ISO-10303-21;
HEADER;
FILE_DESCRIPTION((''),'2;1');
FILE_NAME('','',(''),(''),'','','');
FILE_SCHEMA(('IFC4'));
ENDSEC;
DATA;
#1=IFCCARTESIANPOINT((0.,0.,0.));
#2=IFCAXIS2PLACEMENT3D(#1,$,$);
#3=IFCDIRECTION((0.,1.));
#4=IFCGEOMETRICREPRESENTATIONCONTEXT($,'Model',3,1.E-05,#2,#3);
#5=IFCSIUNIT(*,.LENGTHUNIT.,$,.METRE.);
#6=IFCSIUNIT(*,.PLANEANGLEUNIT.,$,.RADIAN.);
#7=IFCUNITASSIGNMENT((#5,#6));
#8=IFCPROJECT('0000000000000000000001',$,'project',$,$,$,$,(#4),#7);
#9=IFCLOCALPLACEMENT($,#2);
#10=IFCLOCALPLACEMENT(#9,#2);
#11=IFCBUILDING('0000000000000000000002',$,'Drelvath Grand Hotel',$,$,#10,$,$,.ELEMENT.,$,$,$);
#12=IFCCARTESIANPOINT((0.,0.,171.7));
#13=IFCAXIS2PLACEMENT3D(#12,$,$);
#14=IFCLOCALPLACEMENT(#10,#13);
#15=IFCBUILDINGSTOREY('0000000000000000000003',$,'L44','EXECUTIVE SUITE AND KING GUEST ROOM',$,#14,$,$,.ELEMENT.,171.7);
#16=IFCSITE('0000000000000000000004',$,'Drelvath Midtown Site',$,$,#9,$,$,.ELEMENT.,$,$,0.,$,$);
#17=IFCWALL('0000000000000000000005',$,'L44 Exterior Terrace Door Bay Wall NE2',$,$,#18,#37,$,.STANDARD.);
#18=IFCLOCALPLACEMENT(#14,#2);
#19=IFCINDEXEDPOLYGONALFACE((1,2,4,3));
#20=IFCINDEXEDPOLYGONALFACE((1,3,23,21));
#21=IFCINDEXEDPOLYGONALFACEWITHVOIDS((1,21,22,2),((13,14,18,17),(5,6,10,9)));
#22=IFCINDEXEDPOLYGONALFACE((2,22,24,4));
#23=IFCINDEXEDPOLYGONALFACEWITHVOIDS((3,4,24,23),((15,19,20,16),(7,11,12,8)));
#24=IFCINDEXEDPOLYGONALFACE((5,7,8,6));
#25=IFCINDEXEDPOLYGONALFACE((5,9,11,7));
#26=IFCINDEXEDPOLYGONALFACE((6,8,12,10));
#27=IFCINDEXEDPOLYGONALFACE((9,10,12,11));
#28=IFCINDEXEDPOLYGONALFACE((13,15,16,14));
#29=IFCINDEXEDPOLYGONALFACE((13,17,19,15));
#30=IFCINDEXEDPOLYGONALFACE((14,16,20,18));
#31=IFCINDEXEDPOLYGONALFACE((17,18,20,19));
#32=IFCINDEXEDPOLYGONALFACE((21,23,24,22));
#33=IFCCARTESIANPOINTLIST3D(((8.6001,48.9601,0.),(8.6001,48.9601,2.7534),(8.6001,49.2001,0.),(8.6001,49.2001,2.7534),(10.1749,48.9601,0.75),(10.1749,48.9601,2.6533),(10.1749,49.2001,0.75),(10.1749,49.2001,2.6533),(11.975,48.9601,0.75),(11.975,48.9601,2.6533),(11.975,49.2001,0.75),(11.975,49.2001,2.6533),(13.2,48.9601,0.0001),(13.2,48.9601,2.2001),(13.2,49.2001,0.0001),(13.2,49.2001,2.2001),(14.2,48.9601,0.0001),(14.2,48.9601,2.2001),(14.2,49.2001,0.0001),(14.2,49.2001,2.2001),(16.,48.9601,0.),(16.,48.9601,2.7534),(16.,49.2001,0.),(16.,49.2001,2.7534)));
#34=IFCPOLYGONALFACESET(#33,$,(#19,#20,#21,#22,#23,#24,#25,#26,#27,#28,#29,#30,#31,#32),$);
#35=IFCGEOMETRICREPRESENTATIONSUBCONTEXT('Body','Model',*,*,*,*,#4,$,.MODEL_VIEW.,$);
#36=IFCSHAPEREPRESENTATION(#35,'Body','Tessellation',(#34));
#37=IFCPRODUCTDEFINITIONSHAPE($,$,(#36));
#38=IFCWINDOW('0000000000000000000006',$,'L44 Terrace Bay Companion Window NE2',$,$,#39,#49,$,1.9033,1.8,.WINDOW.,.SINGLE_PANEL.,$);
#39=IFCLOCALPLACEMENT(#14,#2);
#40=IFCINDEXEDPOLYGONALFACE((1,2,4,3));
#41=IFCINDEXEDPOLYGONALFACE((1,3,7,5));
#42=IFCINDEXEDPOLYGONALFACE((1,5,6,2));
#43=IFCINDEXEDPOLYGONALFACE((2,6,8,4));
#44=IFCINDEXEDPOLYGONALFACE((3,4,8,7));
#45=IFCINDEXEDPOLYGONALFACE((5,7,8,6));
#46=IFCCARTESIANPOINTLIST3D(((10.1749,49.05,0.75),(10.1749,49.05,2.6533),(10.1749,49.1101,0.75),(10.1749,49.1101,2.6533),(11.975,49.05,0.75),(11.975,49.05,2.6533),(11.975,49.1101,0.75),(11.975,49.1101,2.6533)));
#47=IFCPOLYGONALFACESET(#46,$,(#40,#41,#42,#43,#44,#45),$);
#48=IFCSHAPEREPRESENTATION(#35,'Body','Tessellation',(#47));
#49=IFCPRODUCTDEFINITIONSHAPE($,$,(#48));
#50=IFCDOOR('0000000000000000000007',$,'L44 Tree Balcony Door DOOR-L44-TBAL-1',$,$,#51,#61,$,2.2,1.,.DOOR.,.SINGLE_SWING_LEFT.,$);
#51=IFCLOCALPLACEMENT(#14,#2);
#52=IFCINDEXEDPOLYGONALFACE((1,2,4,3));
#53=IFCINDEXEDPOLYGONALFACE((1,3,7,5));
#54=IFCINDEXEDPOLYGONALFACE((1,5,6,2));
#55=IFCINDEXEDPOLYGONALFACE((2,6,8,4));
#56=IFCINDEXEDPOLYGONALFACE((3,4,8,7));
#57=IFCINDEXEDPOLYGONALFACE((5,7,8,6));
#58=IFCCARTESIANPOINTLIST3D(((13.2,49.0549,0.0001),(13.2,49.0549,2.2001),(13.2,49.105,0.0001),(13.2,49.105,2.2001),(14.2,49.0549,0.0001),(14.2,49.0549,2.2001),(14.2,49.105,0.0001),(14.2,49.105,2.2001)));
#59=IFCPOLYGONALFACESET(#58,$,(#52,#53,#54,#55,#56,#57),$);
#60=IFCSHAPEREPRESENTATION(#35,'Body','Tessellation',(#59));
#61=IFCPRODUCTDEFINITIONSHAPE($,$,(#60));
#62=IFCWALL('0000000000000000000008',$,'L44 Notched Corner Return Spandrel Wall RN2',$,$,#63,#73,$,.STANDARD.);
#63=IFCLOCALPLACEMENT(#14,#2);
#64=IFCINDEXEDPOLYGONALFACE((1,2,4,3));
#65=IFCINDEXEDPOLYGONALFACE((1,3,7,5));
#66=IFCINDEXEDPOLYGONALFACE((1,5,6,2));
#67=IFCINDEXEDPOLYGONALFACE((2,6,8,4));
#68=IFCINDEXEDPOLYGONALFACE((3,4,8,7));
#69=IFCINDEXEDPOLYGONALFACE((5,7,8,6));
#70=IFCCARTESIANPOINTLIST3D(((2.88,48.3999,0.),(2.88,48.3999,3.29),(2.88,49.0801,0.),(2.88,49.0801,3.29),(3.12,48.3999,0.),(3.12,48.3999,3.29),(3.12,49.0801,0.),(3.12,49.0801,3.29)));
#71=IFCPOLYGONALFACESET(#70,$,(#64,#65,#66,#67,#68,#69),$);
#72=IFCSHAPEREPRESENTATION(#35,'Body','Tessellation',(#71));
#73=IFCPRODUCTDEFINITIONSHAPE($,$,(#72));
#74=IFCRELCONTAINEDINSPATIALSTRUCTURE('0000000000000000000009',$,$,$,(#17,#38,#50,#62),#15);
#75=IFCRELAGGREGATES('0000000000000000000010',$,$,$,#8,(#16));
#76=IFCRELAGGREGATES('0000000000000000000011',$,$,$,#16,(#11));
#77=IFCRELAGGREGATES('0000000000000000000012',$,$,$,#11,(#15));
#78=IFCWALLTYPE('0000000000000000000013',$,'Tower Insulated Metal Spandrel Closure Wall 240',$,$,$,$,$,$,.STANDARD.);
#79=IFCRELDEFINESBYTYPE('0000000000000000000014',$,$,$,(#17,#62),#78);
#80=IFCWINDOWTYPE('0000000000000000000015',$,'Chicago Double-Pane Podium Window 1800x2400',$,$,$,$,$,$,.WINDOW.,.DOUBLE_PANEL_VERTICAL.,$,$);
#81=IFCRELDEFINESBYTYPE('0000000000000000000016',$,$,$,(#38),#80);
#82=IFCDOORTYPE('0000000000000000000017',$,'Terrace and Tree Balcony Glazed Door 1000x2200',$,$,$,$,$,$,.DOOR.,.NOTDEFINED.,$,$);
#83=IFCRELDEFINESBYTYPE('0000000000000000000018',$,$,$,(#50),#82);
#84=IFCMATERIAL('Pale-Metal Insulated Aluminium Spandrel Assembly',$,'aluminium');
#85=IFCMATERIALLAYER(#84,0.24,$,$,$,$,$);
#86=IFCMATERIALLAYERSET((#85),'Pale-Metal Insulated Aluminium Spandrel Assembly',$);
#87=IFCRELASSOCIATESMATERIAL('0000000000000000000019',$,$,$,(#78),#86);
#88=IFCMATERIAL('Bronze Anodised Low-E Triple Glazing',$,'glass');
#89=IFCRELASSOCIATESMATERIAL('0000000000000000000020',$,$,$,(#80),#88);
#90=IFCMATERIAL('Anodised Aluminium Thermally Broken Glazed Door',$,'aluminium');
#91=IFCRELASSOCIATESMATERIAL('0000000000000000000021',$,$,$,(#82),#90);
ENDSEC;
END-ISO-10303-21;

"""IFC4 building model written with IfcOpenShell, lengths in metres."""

from ifc_helpers import new_model, si_unit, direction, frame, frame_2d, origin, place, context, subcontext, project, spatial, rectangle, extrude, material, layer, layer_set, type_object, element, fill, save


model = new_model("IFC4")

# Units and contexts
model_context = context("Model", 3, precision=1e-05, world=origin(), true_north=direction((0.0, 1.0)))
body_context = subcontext(model_context, "Body", "Model", "MODEL_VIEW")
ifc_project = project(units=[si_unit("LENGTHUNIT", "METRE"), si_unit("PLANEANGLEUNIT", "RADIAN")], contexts=[model_context])

# Site, building, storey
site_placement = place(None, origin())
site = spatial("IfcSite", under=ifc_project, at=site_placement, Name="Drelvath Midtown Site", CompositionType="ELEMENT", RefElevation=0.0)
building_placement = place(site_placement, origin())
building = spatial("IfcBuilding", under=site, at=building_placement, Name="Drelvath Grand Hotel", CompositionType="ELEMENT")
storey_placement = place(building_placement, frame((0.0, 0.0, 171.7)))
storey = spatial("IfcBuildingStorey", under=building, at=storey_placement, Name="L44", Description="EXECUTIVE SUITE AND KING GUEST ROOM", CompositionType="ELEMENT", Elevation=171.7)

# Wall, openings, window, door
ifc_material_1 = material(Name="Pale-Metal Insulated Aluminium Spandrel Assembly", Category="aluminium")
ifc_layer_1 = layer(ifc_material_1, 0.24)
ifc_layer_set_1 = layer_set([ifc_layer_1], Name="Pale-Metal Insulated Aluminium Spandrel Assembly")
wall_type_1 = type_object("IfcWallType", Name="Tower Insulated Metal Spandrel Closure Wall 240", PredefinedType="STANDARD", material=ifc_layer_set_1)
wall_1_placement = place(storey_placement, frame((8.6001, 49.0801, 0.0), z_axis=(0.0, 0.0, 1.0), x_axis=(1.0, 0.0, 0.0)))
wall_1 = element("IfcWall", 1, at=wall_1_placement, inside=storey, type_object=wall_type_1, Name="L44 Exterior Terrace Door Bay Wall NE2", PredefinedType="STANDARD", context=body_context, shape_type="SweptSolid", body=[
    extrude(rectangle(XDim=7.3999, YDim=0.24, at=frame_2d((3.7, 0.0))), origin(), (0.0, 0.0, 1.0), 2.7534),
])
opening_1_placement = place(wall_1_placement, frame((4.5999, 0.0, 0.0)))
opening_1 = element("IfcOpeningElement", 2, at=opening_1_placement, cuts=wall_1, PredefinedType="OPENING", context=body_context, shape_type="SweptSolid", body=[
    extrude(rectangle(XDim=1.0, YDim=2.2, at=frame_2d((0.5, 1.1001))), frame((0.0, 0.1299, 0.0), z_axis=(0.0, -1.0, 0.0), x_axis=(1.0, 0.0, 0.0)), (0.0, 0.0, 1.0), 0.26),
])
opening_2_placement = place(wall_1_placement, frame((1.575, 0.0, 0.75)))
opening_2 = element("IfcOpeningElement", 3, at=opening_2_placement, cuts=wall_1, PredefinedType="OPENING", context=body_context, shape_type="SweptSolid", body=[
    extrude(rectangle(XDim=1.8, YDim=1.9033, at=frame_2d((0.8999, 0.9517))), frame((0.0, 0.1299, 0.0), z_axis=(0.0, -1.0, 0.0), x_axis=(1.0, 0.0, 0.0)), (0.0, 0.0, 1.0), 0.26),
])
ifc_material_2 = material(Name="Bronze Anodised Low-E Triple Glazing", Category="glass")
window_type = type_object("IfcWindowType", Name="Chicago Double-Pane Podium Window 1800x2400", PartitioningType="DOUBLE_PANEL_VERTICAL", PredefinedType="WINDOW", material=ifc_material_2)
window_placement = place(opening_2_placement, origin())
window = element("IfcWindow", 4, at=window_placement, inside=storey, type_object=window_type, Name="L44 Terrace Bay Companion Window NE2", OverallHeight=1.9033, OverallWidth=1.8, PartitioningType="SINGLE_PANEL", PredefinedType="WINDOW", context=body_context, shape_type="SweptSolid", body=[
    extrude(rectangle(XDim=1.8, YDim=1.9033, at=frame_2d((0.8999, 0.9517))), frame((0.0, 0.03, 0.0), z_axis=(0.0, -1.0, 0.0), x_axis=(1.0, 0.0, 0.0)), (0.0, 0.0, 1.0), 0.0601),
])
fill(opening_2, window)
ifc_material_3 = material(Name="Anodised Aluminium Thermally Broken Glazed Door", Category="aluminium")
door_type_1 = type_object("IfcDoorType", Name="Terrace and Tree Balcony Glazed Door 1000x2200", OperationType="NOTDEFINED", PredefinedType="DOOR", material=ifc_material_3)
door_1_placement = place(opening_1_placement, origin())
door_1 = element("IfcDoor", 5, at=door_1_placement, inside=storey, type_object=door_type_1, Name="L44 Tree Balcony Door DOOR-L44-TBAL-1", OperationType="SINGLE_SWING_LEFT", OverallHeight=2.2, OverallWidth=1.0, PredefinedType="DOOR", context=body_context, shape_type="SweptSolid", body=[
    extrude(rectangle(XDim=1.0, YDim=2.2, at=frame_2d((0.5, 1.1001))), frame((0.0, 0.0249, 0.0), z_axis=(0.0, -1.0, 0.0), x_axis=(1.0, 0.0, 0.0)), (0.0, 0.0, 1.0), 0.05),
])
fill(opening_1, door_1)

# Wall
wall_2_placement = place(storey_placement, frame((3.0, 48.3999, 0.0), z_axis=(0.0, 0.0, 1.0), x_axis=(0.0, 1.0, 0.0)))
element("IfcWall", 6, at=wall_2_placement, inside=storey, type_object=wall_type_1, Name="L44 Notched Corner Return Spandrel Wall RN2", PredefinedType="STANDARD", context=body_context, shape_type="SweptSolid", body=[
    extrude(rectangle(XDim=0.6802, YDim=0.24, at=frame_2d((0.3401, 0.0))), origin(), (0.0, 0.0, 1.0), 3.29),
])

save(model, "model.ifc")
